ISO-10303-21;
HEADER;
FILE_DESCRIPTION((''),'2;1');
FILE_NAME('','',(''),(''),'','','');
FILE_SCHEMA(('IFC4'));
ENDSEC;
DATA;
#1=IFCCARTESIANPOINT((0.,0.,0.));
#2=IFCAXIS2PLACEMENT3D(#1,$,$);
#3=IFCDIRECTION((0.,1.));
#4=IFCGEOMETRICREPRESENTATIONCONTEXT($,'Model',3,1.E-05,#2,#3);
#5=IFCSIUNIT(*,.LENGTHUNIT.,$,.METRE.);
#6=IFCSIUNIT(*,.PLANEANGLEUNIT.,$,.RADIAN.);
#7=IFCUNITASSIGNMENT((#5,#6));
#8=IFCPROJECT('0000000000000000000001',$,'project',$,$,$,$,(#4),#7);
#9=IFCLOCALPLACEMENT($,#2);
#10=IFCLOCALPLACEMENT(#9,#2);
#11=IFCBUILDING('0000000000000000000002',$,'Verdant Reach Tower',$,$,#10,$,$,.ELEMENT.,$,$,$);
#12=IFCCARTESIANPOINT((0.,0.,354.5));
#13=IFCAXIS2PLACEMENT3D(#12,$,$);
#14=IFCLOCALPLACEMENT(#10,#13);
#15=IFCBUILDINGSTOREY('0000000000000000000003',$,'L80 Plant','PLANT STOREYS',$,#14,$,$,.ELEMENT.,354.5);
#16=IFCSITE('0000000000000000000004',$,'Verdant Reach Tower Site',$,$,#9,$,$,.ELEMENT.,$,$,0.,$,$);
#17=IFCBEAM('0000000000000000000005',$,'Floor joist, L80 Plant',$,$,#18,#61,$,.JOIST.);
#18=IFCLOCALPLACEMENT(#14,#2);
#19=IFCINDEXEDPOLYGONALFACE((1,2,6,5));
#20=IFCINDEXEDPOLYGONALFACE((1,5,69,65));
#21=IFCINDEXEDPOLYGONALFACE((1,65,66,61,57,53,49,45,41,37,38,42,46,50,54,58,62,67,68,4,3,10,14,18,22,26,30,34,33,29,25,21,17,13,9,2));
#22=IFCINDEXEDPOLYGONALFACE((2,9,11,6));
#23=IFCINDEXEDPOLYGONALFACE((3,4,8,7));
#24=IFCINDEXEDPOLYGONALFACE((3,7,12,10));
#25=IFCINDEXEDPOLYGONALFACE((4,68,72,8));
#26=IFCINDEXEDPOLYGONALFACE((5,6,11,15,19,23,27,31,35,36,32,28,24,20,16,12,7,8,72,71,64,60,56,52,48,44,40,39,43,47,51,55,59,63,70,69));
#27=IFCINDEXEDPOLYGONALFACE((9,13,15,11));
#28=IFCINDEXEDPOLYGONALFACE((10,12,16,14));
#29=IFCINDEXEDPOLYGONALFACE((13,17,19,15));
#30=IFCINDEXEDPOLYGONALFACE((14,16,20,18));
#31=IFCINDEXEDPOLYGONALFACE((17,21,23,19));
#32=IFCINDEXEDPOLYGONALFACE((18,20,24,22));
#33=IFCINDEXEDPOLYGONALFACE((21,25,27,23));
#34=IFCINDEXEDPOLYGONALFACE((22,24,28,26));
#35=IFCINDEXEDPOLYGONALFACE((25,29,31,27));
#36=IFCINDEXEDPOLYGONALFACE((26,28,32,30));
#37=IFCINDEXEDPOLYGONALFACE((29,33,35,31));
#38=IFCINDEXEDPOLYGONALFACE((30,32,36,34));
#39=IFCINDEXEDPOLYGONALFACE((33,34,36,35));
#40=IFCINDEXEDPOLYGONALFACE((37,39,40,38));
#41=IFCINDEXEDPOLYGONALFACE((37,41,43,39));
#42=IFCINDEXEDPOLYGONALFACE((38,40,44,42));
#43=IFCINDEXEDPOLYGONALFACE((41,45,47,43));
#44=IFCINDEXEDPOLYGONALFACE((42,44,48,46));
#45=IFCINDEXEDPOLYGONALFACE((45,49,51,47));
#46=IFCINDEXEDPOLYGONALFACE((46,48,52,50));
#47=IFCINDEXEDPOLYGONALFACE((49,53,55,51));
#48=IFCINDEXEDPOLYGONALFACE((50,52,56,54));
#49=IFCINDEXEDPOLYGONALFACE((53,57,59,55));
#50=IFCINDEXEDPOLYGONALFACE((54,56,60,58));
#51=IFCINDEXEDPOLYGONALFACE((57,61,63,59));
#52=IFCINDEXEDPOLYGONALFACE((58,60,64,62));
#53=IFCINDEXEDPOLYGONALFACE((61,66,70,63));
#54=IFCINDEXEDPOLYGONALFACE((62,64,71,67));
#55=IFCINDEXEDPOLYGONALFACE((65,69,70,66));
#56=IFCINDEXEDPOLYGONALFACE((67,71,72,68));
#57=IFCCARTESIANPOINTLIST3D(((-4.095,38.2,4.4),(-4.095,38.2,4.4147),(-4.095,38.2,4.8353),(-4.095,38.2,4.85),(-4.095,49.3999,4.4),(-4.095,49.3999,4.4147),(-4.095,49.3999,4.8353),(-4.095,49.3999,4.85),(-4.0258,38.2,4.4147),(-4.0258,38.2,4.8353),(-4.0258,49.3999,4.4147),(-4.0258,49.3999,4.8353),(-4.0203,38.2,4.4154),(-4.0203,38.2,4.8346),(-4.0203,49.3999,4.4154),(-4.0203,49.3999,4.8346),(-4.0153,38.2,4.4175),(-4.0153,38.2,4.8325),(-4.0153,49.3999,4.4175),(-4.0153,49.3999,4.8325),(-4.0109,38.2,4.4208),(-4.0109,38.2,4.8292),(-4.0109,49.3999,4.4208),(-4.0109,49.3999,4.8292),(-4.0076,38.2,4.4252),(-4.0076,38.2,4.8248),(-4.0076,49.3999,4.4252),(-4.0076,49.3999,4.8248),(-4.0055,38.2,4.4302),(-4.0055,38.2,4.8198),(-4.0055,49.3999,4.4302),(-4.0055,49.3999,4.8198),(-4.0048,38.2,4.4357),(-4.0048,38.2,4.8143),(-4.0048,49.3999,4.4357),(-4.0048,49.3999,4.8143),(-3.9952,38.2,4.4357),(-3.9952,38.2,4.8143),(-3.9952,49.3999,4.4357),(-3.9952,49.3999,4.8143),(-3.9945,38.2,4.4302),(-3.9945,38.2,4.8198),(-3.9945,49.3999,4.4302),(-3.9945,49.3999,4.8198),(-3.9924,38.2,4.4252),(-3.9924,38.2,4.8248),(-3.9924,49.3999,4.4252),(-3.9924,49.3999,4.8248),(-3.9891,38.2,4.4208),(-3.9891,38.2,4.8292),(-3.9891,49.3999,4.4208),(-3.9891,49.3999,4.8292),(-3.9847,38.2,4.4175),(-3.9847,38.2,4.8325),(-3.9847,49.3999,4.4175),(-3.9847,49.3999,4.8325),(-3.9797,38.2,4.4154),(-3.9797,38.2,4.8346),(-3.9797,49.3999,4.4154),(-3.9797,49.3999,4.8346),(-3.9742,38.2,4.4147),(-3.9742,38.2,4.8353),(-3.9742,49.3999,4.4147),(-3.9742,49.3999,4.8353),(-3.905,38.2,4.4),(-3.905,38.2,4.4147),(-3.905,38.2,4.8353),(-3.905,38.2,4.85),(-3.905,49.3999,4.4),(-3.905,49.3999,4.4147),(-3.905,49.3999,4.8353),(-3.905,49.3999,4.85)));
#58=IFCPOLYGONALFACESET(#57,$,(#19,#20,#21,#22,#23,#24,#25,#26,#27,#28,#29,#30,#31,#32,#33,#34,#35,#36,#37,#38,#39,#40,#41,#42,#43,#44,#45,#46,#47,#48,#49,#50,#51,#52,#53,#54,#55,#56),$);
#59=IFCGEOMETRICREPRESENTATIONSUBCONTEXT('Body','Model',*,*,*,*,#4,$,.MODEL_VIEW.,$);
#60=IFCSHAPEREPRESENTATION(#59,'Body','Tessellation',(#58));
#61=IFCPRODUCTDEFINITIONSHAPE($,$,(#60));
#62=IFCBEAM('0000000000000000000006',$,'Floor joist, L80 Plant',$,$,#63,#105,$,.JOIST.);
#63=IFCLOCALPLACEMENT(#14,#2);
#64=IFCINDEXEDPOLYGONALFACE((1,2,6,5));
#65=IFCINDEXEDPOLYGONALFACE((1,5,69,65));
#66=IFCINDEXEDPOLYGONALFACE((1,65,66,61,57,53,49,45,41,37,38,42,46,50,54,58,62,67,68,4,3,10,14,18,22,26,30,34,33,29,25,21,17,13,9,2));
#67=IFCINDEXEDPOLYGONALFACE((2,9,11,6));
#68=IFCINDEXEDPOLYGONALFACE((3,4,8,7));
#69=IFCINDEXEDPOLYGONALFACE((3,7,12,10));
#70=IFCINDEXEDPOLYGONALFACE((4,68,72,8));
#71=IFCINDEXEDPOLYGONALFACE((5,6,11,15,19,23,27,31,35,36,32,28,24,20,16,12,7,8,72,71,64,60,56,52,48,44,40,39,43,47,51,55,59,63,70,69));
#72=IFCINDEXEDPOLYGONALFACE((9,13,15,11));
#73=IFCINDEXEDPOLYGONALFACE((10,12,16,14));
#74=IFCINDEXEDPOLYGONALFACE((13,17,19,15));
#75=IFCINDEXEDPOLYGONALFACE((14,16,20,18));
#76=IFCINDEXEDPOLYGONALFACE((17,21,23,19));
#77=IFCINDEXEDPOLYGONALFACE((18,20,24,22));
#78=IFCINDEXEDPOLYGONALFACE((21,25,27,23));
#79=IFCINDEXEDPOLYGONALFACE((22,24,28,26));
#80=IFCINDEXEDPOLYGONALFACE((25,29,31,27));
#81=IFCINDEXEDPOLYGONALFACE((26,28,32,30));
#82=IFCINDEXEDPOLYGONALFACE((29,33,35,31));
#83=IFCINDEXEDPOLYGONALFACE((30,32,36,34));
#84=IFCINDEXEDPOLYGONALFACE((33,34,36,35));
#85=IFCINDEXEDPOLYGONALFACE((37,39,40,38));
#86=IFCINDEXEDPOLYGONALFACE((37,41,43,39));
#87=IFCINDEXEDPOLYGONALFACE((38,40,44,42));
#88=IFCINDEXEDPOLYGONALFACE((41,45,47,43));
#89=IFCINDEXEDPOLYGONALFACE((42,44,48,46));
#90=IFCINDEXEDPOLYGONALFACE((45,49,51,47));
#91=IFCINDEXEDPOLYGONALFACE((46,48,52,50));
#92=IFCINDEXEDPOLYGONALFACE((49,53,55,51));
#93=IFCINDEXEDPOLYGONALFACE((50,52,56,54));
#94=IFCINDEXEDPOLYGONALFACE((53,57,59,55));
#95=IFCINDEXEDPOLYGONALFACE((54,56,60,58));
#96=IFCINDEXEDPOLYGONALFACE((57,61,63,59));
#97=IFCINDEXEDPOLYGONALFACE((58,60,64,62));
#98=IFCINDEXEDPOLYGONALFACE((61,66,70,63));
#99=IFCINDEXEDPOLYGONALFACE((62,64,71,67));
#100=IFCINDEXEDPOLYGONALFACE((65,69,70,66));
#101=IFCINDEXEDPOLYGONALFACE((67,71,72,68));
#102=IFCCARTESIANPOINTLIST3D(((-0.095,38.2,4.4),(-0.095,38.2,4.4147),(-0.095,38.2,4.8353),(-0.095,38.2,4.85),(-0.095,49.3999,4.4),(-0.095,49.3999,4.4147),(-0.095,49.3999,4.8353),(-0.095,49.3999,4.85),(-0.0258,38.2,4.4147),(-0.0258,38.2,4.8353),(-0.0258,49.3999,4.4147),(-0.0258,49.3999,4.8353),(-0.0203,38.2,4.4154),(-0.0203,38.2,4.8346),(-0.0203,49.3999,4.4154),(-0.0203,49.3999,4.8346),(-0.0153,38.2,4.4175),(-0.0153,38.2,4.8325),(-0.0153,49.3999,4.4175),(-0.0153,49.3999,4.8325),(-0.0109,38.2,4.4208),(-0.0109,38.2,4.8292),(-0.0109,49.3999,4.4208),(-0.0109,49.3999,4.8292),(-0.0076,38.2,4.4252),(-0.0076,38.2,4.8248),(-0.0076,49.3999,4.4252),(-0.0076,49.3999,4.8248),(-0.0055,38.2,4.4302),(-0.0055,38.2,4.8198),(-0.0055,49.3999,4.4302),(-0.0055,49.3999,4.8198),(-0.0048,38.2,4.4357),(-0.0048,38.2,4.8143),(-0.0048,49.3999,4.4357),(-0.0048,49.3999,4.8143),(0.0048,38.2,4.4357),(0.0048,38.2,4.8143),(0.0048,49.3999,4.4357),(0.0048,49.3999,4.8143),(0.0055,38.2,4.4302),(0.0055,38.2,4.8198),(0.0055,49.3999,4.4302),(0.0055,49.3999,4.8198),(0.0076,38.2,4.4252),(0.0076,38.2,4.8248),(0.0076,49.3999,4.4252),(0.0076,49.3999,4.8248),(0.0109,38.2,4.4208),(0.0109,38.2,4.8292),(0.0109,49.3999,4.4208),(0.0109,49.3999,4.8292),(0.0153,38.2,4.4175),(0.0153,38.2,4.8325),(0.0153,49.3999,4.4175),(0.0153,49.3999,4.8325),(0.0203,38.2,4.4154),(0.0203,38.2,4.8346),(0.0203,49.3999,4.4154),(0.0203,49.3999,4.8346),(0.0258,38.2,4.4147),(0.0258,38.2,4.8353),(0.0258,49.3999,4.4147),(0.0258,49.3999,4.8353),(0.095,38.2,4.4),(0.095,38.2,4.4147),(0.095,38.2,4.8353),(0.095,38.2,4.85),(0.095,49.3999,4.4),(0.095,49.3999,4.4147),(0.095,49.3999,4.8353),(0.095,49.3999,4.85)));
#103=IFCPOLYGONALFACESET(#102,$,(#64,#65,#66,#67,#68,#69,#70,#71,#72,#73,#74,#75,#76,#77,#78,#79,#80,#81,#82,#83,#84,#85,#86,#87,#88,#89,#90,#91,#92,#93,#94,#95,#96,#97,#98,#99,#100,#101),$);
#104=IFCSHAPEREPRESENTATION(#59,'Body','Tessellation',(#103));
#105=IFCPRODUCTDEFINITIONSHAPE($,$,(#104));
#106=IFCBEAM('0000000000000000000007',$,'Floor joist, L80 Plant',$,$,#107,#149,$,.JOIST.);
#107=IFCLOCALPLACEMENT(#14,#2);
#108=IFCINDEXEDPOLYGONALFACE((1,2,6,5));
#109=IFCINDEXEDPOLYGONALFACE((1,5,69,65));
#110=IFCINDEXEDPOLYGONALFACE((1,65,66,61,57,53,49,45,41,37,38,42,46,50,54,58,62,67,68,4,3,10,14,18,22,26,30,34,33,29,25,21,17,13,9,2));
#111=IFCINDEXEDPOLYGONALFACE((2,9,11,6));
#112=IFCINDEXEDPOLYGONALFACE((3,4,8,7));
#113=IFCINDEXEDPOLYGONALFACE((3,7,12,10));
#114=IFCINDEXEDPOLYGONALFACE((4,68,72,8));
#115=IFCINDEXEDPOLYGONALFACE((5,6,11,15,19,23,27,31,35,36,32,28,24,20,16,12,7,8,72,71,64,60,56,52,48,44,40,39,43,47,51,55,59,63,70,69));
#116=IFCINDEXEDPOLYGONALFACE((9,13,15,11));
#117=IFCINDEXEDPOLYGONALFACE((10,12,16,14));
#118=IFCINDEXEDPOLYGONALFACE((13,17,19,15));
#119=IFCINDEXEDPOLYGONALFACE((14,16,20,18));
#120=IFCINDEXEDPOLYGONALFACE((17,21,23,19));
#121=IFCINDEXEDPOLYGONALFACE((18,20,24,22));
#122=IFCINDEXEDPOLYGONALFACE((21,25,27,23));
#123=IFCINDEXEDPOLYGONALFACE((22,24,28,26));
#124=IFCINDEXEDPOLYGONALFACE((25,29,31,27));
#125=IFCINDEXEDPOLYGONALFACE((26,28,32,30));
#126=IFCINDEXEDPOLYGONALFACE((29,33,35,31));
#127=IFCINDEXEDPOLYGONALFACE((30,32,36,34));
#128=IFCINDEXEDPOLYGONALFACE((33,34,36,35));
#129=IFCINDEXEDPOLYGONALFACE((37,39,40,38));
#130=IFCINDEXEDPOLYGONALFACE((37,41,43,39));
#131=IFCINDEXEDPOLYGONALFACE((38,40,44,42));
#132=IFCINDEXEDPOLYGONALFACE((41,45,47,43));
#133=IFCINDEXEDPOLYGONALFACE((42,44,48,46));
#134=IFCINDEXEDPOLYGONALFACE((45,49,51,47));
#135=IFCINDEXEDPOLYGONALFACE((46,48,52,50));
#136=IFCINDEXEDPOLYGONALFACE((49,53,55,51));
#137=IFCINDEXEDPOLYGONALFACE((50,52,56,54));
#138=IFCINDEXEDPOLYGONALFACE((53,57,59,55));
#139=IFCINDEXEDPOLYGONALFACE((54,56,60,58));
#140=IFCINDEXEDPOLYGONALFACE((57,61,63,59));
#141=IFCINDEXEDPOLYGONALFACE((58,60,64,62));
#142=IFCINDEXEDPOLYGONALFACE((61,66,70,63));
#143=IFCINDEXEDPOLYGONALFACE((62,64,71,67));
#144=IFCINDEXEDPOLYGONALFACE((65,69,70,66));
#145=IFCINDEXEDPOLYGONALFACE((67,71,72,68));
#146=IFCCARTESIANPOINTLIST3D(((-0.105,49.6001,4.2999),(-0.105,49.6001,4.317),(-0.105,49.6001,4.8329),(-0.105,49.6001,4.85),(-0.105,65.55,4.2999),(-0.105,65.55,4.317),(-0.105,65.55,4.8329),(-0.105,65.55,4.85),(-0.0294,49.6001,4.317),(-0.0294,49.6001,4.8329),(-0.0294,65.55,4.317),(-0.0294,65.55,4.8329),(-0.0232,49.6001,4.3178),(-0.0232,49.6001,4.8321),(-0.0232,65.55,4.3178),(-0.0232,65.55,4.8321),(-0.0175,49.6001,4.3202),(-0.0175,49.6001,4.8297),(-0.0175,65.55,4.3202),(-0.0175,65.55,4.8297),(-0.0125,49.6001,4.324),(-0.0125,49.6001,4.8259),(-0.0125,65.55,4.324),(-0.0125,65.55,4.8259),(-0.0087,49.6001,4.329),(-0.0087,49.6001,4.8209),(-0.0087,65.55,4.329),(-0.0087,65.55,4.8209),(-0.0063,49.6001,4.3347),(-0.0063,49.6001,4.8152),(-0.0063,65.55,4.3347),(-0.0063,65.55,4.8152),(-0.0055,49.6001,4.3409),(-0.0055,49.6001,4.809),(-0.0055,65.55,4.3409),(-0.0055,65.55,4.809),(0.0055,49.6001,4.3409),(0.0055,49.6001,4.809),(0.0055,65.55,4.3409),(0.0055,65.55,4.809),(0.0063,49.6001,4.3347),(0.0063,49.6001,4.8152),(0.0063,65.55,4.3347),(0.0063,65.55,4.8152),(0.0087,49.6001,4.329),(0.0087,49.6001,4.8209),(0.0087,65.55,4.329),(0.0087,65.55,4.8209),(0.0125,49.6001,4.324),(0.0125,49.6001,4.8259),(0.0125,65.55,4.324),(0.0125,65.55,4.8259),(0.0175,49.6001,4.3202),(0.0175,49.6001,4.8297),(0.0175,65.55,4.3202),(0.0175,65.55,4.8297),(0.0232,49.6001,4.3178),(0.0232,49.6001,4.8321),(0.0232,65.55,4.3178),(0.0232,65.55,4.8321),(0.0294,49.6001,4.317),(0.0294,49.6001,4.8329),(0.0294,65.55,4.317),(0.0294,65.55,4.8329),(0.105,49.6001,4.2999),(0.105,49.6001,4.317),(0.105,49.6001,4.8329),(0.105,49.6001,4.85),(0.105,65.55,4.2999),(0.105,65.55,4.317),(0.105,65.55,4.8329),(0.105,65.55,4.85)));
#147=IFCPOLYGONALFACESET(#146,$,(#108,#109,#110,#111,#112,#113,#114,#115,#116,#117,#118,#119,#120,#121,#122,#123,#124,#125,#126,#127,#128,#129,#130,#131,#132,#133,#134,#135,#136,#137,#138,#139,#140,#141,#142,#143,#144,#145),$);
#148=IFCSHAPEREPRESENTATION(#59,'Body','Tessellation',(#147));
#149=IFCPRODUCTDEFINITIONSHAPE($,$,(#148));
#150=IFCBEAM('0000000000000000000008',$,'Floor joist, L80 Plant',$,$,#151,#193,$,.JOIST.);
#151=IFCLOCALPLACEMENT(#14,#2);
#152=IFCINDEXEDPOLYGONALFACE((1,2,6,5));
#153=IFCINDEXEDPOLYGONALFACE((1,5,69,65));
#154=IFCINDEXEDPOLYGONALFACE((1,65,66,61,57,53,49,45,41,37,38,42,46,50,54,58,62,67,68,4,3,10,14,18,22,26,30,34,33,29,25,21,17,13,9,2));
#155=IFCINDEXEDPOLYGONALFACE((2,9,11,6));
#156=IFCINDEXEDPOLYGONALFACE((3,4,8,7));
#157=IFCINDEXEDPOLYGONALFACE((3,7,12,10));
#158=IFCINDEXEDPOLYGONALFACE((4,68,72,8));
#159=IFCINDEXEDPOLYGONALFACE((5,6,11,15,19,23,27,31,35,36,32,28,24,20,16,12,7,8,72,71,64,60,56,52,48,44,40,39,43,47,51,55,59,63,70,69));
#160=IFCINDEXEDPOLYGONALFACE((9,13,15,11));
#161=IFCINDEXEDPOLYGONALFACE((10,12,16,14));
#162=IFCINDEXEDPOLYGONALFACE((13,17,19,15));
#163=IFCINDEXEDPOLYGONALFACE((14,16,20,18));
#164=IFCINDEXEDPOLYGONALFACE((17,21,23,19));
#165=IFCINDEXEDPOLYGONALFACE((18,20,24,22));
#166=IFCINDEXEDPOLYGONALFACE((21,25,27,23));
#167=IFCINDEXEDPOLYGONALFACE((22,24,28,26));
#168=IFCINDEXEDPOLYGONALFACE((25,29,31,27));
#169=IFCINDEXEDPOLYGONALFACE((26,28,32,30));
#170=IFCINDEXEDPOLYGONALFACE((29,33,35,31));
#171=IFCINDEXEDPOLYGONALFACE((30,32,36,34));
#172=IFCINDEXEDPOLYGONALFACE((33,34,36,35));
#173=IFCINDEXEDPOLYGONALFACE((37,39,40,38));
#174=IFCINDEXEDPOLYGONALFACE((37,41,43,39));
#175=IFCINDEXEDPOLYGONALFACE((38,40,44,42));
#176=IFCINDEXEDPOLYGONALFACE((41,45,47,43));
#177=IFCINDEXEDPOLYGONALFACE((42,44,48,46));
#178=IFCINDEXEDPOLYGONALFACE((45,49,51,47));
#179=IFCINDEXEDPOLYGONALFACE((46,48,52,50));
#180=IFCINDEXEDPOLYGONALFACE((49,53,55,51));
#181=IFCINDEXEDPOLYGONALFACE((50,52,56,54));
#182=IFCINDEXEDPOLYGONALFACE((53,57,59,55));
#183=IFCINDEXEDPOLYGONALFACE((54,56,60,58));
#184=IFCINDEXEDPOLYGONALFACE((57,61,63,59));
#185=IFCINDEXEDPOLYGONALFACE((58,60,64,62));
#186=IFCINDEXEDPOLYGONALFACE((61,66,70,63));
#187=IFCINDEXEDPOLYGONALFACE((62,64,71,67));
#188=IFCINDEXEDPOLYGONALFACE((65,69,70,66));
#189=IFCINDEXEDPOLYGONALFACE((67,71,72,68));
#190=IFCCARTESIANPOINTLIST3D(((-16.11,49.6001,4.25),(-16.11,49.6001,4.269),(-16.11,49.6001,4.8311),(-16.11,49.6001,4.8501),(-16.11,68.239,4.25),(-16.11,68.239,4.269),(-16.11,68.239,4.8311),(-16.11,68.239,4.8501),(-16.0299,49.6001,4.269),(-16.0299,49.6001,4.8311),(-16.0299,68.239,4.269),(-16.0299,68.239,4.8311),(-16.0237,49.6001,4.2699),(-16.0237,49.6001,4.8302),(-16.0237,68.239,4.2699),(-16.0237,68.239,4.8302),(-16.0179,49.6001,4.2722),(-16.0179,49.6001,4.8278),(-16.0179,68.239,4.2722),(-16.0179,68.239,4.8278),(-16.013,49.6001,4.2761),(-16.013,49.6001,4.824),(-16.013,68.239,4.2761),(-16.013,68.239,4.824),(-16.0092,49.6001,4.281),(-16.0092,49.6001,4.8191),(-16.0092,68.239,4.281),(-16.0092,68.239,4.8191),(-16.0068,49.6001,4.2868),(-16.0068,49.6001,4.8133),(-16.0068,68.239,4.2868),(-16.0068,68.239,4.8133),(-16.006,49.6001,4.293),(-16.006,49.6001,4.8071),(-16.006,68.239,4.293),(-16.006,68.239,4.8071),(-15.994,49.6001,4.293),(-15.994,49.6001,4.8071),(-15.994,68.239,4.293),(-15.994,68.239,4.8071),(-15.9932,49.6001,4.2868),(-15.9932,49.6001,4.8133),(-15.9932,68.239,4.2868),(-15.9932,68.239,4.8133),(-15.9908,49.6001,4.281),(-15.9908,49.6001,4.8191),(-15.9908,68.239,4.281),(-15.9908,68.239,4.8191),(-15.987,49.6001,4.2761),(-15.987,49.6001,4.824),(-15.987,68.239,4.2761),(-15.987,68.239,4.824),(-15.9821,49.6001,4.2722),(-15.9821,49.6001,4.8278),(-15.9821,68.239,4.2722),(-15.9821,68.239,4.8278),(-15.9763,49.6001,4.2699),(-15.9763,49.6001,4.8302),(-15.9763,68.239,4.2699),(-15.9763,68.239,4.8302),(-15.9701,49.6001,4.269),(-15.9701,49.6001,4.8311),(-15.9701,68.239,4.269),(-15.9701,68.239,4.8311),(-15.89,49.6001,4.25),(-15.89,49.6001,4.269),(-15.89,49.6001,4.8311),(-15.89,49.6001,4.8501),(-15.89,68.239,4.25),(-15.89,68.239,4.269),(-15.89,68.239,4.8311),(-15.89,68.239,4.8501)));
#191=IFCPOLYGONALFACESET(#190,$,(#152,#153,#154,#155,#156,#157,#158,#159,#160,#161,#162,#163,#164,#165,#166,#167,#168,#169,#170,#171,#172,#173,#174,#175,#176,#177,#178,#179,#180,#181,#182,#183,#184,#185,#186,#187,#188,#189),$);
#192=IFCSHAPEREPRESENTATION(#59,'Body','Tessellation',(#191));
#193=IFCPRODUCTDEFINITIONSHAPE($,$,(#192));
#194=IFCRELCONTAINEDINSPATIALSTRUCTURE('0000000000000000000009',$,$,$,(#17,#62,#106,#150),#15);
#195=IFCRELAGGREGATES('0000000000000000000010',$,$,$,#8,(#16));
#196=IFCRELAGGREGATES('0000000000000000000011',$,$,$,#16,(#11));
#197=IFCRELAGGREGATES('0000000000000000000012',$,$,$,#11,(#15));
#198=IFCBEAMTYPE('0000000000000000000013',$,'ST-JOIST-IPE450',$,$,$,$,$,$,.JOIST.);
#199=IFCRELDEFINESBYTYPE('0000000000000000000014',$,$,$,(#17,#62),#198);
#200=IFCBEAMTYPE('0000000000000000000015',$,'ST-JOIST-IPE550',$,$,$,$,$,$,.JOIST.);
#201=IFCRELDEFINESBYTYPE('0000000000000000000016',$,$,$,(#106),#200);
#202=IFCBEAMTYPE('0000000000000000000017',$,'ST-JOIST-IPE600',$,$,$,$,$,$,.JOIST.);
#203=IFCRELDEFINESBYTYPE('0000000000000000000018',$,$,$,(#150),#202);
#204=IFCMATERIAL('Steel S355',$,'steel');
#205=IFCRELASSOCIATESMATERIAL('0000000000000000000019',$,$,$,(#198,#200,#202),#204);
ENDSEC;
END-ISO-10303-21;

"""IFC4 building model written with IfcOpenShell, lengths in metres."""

from ifc_helpers import new_model, si_unit, direction, frame, origin, origin_2d, place, context, subcontext, project, spatial, i_section, extrude, material, material_profile, profile_set, type_object, element, save


model = new_model("IFC4")

# Units and contexts
model_context = context("Model", 3, precision=1e-05, world=origin(), true_north=direction((0.0, 1.0)))
body_context = subcontext(model_context, "Body", "Model", "MODEL_VIEW")
ifc_project = project(units=[si_unit("LENGTHUNIT", "METRE"), si_unit("PLANEANGLEUNIT", "RADIAN")], contexts=[model_context])

# Site, building, storey
site_placement = place(None, origin())
site = spatial("IfcSite", under=ifc_project, at=site_placement, Name="Verdant Reach Tower Site", CompositionType="ELEMENT", RefElevation=0.0)
building_placement = place(site_placement, origin())
building = spatial("IfcBuilding", under=site, at=building_placement, Name="Verdant Reach Tower", CompositionType="ELEMENT")
storey_placement = place(building_placement, frame((0.0, 0.0, 354.5)))
storey = spatial("IfcBuildingStorey", under=building, at=storey_placement, Name="L80 Plant", Description="PLANT STOREYS", CompositionType="ELEMENT", Elevation=354.5)

# Beams
ifc_material_1 = material(Name="Steel S355", Category="steel")
ifc_material_profile_1 = material_profile(ifc_material_1, i_section(OverallWidth=0.1899, OverallDepth=0.45, WebThickness=0.0095, FlangeThickness=0.0146, FilletRadius=0.021, at=origin_2d()), Name="IPE 450")
ifc_profile_set_1 = profile_set([ifc_material_profile_1], Name="Steel S355")
beam_type_1 = type_object("IfcBeamType", Name="ST-JOIST-IPE450", PredefinedType="JOIST", material=ifc_profile_set_1)
for number, where, z_axis, x_axis, name in (
    (1, (-4.0, 38.2, 4.625), (0.0, 1.0, 0.0), (-1.0, 0.0, 0.0), "Floor joist, L80 Plant"),
    (2, (0.0, 38.2, 4.625), (0.0, 1.0, 0.0), (-1.0, 0.0, 0.0), "Floor joist, L80 Plant"),
):
    element("IfcBeam", number, at=place(storey_placement, frame(where, z_axis=z_axis, x_axis=x_axis)), inside=storey, type_object=beam_type_1, Name=name, PredefinedType="JOIST", context=body_context, shape_type="SweptSolid", body=[
        extrude(i_section(OverallWidth=0.1899, OverallDepth=0.45, WebThickness=0.0095, FlangeThickness=0.0146, FilletRadius=0.021, at=origin_2d()), origin(), (0.0, 0.0, 1.0), 11.2),
    ])
ifc_material_profile_2 = material_profile(ifc_material_1, i_section(OverallWidth=0.21, OverallDepth=0.55, WebThickness=0.011, FlangeThickness=0.0171, FilletRadius=0.0239, at=origin_2d()), Name="IPE 550")
ifc_profile_set_2 = profile_set([ifc_material_profile_2], Name="Steel S355")
beam_type_2 = type_object("IfcBeamType", Name="ST-JOIST-IPE550", PredefinedType="JOIST", material=ifc_profile_set_2)
beam_1_placement = place(storey_placement, frame((0.0, 49.6001, 4.575), z_axis=(0.0, 1.0, 0.0), x_axis=(-1.0, 0.0, 0.0)))
element("IfcBeam", 3, at=beam_1_placement, inside=storey, type_object=beam_type_2, Name="Floor joist, L80 Plant", PredefinedType="JOIST", context=body_context, shape_type="SweptSolid", body=[
    extrude(i_section(OverallWidth=0.21, OverallDepth=0.55, WebThickness=0.011, FlangeThickness=0.0171, FilletRadius=0.0239, at=origin_2d()), origin(), (0.0, 0.0, 1.0), 15.95),
])
ifc_material_profile_3 = material_profile(ifc_material_1, i_section(OverallWidth=0.22, OverallDepth=0.6001, WebThickness=0.012, FlangeThickness=0.019, FilletRadius=0.0239, at=origin_2d()), Name="IPE 600")
ifc_profile_set_3 = profile_set([ifc_material_profile_3], Name="Steel S355")
beam_type_3 = type_object("IfcBeamType", Name="ST-JOIST-IPE600", PredefinedType="JOIST", material=ifc_profile_set_3)
beam_2_placement = place(storey_placement, frame((-16.0, 49.6001, 4.55), z_axis=(0.0, 1.0, 0.0), x_axis=(-1.0, 0.0, 0.0)))
element("IfcBeam", 4, at=beam_2_placement, inside=storey, type_object=beam_type_3, Name="Floor joist, L80 Plant", PredefinedType="JOIST", context=body_context, shape_type="SweptSolid", body=[
    extrude(i_section(OverallWidth=0.22, OverallDepth=0.6001, WebThickness=0.012, FlangeThickness=0.019, FilletRadius=0.0239, at=origin_2d()), origin(), (0.0, 0.0, 1.0), 18.6389),
])

save(model, "model.ifc")
